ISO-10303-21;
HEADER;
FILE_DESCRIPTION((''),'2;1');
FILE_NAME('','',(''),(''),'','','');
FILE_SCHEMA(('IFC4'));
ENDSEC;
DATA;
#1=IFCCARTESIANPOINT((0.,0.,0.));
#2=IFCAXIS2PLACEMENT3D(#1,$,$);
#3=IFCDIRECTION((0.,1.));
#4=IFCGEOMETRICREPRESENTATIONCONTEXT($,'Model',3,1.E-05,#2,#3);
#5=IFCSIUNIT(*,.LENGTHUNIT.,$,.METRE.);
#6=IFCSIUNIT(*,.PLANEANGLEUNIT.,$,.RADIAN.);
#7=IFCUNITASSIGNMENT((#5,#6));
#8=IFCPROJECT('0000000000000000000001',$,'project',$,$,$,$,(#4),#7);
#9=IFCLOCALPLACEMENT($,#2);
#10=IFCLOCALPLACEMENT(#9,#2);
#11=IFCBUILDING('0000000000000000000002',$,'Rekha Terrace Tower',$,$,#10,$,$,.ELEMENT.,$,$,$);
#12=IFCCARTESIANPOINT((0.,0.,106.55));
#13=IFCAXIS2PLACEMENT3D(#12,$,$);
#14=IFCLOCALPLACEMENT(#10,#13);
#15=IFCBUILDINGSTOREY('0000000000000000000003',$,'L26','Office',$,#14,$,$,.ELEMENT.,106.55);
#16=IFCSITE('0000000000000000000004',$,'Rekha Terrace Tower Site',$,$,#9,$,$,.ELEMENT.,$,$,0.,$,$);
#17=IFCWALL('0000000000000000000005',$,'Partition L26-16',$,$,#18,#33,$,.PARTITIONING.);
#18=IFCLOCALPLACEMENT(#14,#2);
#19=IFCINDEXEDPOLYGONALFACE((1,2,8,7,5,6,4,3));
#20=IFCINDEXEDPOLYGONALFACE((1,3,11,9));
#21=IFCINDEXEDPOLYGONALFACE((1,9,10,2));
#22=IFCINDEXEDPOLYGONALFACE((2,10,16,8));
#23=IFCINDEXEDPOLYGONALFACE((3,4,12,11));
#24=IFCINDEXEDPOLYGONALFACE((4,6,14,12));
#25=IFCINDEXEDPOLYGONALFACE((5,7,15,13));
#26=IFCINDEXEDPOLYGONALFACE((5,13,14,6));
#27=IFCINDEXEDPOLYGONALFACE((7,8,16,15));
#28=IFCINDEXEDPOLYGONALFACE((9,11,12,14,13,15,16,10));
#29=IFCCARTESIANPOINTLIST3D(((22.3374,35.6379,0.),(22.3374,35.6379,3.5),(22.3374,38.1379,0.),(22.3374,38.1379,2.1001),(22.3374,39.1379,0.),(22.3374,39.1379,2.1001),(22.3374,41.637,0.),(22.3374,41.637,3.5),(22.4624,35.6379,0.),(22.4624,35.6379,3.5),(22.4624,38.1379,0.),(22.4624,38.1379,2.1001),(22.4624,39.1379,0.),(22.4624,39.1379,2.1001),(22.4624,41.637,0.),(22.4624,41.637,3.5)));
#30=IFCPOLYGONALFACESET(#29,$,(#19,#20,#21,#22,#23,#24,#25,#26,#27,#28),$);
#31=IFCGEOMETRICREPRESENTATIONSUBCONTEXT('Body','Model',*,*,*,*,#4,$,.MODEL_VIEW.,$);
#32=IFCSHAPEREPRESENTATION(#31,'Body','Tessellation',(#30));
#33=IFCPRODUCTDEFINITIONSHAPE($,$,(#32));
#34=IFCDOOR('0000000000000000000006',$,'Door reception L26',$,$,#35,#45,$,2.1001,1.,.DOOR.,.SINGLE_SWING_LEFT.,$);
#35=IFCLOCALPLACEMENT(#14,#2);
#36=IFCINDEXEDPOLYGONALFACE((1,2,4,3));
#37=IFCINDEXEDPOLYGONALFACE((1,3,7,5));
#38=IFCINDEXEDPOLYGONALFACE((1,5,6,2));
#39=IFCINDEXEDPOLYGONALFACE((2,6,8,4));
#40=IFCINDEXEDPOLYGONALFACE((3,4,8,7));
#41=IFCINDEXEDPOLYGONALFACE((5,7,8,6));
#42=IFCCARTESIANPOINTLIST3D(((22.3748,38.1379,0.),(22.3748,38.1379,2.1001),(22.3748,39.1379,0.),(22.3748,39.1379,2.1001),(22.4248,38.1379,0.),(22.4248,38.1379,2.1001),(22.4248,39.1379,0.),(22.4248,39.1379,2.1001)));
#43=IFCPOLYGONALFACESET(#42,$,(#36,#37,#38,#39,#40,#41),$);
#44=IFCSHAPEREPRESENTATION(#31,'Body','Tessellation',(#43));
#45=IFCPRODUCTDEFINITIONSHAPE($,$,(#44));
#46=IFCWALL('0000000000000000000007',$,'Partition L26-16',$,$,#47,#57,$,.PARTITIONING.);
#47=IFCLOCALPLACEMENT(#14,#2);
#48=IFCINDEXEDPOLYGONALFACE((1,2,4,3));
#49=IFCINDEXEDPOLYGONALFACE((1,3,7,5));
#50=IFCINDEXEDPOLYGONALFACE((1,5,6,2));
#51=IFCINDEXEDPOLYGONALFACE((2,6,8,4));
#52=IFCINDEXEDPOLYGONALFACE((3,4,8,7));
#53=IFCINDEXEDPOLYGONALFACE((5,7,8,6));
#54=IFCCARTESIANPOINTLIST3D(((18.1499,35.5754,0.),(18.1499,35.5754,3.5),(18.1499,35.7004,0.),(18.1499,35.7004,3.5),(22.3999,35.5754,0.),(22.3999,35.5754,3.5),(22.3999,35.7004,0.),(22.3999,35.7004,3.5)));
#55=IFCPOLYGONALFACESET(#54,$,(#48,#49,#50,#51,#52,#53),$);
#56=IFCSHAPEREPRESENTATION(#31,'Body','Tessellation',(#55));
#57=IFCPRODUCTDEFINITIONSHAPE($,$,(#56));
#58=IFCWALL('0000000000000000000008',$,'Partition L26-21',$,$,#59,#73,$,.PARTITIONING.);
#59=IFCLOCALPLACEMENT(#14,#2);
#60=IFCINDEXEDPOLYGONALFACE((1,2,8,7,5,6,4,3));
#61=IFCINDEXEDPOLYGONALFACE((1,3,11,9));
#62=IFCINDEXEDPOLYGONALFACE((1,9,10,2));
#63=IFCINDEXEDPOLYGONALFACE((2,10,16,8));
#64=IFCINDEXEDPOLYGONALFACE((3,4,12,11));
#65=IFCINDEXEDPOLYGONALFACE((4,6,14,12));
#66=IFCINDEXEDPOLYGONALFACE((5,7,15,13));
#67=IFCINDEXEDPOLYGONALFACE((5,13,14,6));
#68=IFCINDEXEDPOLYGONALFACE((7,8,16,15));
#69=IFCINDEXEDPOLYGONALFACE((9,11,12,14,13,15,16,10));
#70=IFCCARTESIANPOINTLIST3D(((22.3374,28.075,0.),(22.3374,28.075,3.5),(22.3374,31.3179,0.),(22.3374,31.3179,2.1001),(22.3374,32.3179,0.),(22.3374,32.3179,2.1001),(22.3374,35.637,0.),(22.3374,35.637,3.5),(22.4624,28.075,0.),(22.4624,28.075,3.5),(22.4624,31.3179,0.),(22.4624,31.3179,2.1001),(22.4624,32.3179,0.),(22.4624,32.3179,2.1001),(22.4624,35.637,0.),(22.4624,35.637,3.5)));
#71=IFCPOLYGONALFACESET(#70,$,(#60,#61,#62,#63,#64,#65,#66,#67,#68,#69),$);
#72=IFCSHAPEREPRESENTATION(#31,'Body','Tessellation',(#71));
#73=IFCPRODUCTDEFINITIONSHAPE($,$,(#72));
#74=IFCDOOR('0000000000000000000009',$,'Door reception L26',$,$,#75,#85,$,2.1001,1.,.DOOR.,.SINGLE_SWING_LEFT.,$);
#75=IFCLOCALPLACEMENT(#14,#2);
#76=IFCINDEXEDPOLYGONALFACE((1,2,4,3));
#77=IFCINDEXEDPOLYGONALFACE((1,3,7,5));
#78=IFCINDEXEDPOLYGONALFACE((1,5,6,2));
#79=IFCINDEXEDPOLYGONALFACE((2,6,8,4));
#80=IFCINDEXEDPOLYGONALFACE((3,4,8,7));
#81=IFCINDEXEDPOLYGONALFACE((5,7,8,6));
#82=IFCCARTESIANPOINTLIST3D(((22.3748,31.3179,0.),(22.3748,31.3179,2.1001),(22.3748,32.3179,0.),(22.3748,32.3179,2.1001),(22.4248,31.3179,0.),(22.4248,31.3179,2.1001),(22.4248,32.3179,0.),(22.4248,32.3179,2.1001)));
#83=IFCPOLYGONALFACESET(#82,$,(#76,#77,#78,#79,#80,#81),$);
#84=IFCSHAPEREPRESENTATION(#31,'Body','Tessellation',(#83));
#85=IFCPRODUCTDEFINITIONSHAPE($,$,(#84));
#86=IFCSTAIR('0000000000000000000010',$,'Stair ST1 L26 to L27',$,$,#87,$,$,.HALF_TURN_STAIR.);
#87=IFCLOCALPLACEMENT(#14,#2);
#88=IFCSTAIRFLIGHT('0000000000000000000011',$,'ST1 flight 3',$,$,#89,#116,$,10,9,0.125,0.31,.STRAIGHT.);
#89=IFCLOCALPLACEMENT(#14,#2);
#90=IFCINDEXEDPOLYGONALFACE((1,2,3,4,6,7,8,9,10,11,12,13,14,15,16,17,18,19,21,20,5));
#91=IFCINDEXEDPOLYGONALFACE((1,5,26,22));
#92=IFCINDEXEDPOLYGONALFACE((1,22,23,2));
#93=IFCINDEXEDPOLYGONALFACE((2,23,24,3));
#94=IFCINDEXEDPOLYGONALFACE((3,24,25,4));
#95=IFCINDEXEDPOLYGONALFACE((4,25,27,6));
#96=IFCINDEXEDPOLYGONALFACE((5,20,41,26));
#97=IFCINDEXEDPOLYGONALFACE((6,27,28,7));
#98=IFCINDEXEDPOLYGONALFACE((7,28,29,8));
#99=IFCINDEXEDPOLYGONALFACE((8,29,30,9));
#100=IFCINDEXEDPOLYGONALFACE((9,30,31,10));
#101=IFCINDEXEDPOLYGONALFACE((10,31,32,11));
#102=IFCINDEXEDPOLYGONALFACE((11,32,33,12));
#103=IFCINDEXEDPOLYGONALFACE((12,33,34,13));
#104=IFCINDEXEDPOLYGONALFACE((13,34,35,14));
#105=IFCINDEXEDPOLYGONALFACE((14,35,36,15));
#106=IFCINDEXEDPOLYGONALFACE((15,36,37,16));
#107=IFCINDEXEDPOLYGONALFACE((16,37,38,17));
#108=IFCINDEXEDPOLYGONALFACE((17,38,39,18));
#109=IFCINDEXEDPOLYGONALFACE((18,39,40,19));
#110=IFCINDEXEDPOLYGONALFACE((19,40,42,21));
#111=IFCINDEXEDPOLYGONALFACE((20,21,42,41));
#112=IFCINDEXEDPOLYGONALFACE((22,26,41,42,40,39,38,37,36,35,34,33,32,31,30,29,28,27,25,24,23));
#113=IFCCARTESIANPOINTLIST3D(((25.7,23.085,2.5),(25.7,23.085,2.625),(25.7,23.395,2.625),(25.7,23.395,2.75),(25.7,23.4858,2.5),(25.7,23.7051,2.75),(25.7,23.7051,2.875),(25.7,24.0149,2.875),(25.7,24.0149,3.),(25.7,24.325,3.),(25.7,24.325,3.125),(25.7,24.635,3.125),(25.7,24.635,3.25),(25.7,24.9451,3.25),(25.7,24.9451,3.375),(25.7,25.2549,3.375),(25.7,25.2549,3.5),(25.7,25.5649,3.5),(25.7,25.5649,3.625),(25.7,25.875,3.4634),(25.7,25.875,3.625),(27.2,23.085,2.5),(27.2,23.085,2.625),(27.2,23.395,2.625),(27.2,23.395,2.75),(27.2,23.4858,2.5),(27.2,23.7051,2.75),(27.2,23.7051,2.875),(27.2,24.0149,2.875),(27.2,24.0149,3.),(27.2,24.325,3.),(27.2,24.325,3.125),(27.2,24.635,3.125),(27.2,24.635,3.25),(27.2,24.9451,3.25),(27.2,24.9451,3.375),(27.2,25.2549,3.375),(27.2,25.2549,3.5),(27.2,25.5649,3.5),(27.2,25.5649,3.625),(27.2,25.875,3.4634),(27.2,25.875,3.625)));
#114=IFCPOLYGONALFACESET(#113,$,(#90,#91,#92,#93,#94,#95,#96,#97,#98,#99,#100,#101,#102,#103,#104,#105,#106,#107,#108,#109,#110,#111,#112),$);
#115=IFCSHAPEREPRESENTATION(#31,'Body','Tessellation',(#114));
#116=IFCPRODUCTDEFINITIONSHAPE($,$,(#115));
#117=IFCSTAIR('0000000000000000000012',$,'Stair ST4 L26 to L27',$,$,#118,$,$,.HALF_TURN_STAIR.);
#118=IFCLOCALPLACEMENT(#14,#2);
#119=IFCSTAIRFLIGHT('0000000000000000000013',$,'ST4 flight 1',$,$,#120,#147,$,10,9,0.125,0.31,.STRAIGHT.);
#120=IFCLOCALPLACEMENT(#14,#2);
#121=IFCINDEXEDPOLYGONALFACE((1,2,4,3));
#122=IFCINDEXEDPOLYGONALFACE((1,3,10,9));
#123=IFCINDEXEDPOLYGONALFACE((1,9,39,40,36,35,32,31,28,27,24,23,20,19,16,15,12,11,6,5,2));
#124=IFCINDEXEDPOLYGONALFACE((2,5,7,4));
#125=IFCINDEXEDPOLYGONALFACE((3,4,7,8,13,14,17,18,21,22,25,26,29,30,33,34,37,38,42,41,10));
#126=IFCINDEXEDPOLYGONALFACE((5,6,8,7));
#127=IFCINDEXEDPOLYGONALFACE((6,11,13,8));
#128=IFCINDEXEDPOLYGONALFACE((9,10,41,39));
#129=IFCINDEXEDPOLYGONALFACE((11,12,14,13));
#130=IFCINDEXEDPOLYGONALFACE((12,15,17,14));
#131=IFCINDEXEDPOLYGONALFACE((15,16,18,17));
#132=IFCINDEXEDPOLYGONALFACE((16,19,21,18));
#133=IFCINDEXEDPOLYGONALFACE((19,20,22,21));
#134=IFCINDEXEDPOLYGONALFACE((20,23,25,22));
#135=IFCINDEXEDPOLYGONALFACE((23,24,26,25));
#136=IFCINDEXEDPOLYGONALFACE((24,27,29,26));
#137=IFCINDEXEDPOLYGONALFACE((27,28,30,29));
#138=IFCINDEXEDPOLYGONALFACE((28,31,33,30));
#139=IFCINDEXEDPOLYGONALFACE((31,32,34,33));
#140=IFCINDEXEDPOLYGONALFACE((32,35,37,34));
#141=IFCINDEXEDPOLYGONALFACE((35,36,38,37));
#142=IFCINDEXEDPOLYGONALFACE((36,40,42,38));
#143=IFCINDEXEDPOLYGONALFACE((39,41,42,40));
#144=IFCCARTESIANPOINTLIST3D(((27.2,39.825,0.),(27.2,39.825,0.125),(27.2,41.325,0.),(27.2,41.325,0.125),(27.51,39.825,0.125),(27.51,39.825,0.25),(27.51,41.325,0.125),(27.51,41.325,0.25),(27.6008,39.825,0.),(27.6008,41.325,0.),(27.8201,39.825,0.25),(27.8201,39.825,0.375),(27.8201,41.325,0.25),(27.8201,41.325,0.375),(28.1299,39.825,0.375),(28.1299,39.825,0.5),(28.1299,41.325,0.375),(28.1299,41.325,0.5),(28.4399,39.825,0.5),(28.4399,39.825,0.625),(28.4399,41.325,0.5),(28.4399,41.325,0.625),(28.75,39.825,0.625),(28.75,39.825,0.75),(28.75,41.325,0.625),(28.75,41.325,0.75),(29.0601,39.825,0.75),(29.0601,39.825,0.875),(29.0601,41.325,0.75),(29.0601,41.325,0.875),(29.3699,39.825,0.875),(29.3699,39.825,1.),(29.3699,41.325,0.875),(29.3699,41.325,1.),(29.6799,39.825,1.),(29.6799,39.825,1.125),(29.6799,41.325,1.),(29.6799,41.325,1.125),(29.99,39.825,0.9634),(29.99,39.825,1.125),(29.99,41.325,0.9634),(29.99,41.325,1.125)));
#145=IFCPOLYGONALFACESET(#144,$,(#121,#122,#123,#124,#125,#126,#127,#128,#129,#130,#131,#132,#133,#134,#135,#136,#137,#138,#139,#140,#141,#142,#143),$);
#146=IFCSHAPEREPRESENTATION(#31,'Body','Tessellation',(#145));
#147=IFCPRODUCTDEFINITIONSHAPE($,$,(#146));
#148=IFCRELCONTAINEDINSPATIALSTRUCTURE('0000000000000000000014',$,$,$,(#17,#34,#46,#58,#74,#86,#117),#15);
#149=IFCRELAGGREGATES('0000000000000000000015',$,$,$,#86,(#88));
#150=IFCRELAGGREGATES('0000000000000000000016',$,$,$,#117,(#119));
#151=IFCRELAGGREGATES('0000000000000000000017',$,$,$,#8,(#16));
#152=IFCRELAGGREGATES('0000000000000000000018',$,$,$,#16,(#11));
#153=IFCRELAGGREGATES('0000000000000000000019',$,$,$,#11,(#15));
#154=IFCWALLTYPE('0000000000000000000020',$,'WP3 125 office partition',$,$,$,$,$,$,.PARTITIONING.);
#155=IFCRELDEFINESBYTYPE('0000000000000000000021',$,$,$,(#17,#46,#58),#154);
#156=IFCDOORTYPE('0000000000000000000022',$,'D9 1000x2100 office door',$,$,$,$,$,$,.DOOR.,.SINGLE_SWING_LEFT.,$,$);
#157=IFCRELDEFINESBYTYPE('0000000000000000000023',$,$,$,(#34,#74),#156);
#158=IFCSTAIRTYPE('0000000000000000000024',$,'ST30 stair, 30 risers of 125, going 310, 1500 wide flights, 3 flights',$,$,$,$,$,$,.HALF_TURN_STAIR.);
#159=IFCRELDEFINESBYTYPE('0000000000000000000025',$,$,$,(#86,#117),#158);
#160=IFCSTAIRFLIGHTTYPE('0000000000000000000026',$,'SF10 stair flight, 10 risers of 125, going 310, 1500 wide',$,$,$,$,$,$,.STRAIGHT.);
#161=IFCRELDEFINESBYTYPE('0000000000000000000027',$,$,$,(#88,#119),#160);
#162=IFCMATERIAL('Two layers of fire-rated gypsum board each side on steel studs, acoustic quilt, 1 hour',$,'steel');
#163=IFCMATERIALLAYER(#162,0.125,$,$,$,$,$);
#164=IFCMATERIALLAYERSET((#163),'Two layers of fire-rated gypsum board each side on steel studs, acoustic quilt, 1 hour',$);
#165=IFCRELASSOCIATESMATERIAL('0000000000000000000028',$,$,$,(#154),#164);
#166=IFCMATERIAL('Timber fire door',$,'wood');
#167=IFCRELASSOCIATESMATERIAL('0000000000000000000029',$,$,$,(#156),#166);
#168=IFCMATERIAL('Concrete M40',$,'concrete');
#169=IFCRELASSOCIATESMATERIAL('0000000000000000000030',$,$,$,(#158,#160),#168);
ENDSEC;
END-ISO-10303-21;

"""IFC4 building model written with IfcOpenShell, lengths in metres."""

from ifc_helpers import new_model, si_unit, direction, frame, frame_2d, origin, place, context, subcontext, project, spatial, polyline, rectangle, outline, extrude, material, layer, layer_set, type_object, element, fill, aggregate, save


model = new_model("IFC4")

# Units and contexts
model_context = context("Model", 3, precision=1e-05, world=origin(), true_north=direction((0.0, 1.0)))
body_context = subcontext(model_context, "Body", "Model", "MODEL_VIEW")
ifc_project = project(units=[si_unit("LENGTHUNIT", "METRE"), si_unit("PLANEANGLEUNIT", "RADIAN")], contexts=[model_context])

# Site, building, storey
site_placement = place(None, origin())
site = spatial("IfcSite", under=ifc_project, at=site_placement, Name="Rekha Terrace Tower Site", CompositionType="ELEMENT", RefElevation=0.0)
building_placement = place(site_placement, origin())
building = spatial("IfcBuilding", under=site, at=building_placement, Name="Rekha Terrace Tower", CompositionType="ELEMENT")
storey_placement = place(building_placement, frame((0.0, 0.0, 106.55)))
storey = spatial("IfcBuildingStorey", under=building, at=storey_placement, Name="L26", Description="Office", CompositionType="ELEMENT", Elevation=106.55)

# Wall, opening, door
ifc_material_1 = material(Name="Two layers of fire-rated gypsum board each side on steel studs, acoustic quilt, 1 hour", Category="steel")
ifc_layer_1 = layer(ifc_material_1, 0.125)
ifc_layer_set_1 = layer_set([ifc_layer_1], Name="Two layers of fire-rated gypsum board each side on steel studs, acoustic quilt, 1 hour")
wall_type_1 = type_object("IfcWallType", Name="WP3 125 office partition", PredefinedType="PARTITIONING", material=ifc_layer_set_1)
wall_1_placement = place(storey_placement, frame((22.3999, 41.637, 0.0), z_axis=(0.0, 0.0, 1.0), x_axis=(0.0, -1.0, 0.0)))
wall_1 = element("IfcWall", 1, at=wall_1_placement, inside=storey, type_object=wall_type_1, Name="Partition L26-16", PredefinedType="PARTITIONING", context=body_context, shape_type="SweptSolid", body=[
    extrude(rectangle(XDim=5.999, YDim=0.125, at=frame_2d((2.9995, 0.0))), origin(), (0.0, 0.0, 1.0), 3.5),
])
opening_1_placement = place(wall_1_placement, frame((2.499, 0.0, 0.0)))
opening_1 = element("IfcOpeningElement", 2, at=opening_1_placement, cuts=wall_1, PredefinedType="OPENING", context=body_context, shape_type="SweptSolid", body=[
    extrude(rectangle(XDim=1.0, YDim=2.1001, at=frame_2d((0.5, 1.05))), frame((0.0, 0.0725, 0.0), z_axis=(0.0, -1.0, 0.0), x_axis=(1.0, 0.0, 0.0)), (0.0, 0.0, 1.0), 0.145),
])
ifc_material_2 = material(Name="Timber fire door", Category="wood")
door_type_1 = type_object("IfcDoorType", Name="D9 1000x2100 office door", OperationType="SINGLE_SWING_LEFT", PredefinedType="DOOR", material=ifc_material_2)
door_1_placement = place(opening_1_placement, origin())
door_1 = element("IfcDoor", 3, at=door_1_placement, inside=storey, type_object=door_type_1, Name="Door reception L26", OperationType="SINGLE_SWING_LEFT", OverallHeight=2.1001, OverallWidth=1.0, PredefinedType="DOOR", context=body_context, shape_type="SweptSolid", body=[
    extrude(rectangle(XDim=1.0, YDim=2.1001, at=frame_2d((0.5, 1.05))), frame((0.0, 0.0249, 0.0), z_axis=(0.0, -1.0, 0.0), x_axis=(1.0, 0.0, 0.0)), (0.0, 0.0, 1.0), 0.05),
])
fill(opening_1, door_1)

# Wall
wall_2_placement = place(storey_placement, frame((22.3999, 35.6379, 0.0), z_axis=(0.0, 0.0, 1.0), x_axis=(-1.0, 0.0, 0.0)))
element("IfcWall", 4, at=wall_2_placement, inside=storey, type_object=wall_type_1, Name="Partition L26-16", PredefinedType="PARTITIONING", context=body_context, shape_type="SweptSolid", body=[
    extrude(rectangle(XDim=4.25, YDim=0.125, at=frame_2d((2.125, 0.0))), origin(), (0.0, 0.0, 1.0), 3.5),
])

# Wall, opening, door
wall_3_placement = place(storey_placement, frame((22.3999, 35.637, 0.0), z_axis=(0.0, 0.0, 1.0), x_axis=(0.0, -1.0, 0.0)))
wall_3 = element("IfcWall", 5, at=wall_3_placement, inside=storey, type_object=wall_type_1, Name="Partition L26-21", PredefinedType="PARTITIONING", context=body_context, shape_type="SweptSolid", body=[
    extrude(rectangle(XDim=7.562, YDim=0.125, at=frame_2d((3.781, 0.0))), origin(), (0.0, 0.0, 1.0), 3.5),
])
opening_2_placement = place(wall_3_placement, frame((3.3191, 0.0, 0.0)))
opening_2 = element("IfcOpeningElement", 6, at=opening_2_placement, cuts=wall_3, PredefinedType="OPENING", context=body_context, shape_type="SweptSolid", body=[
    extrude(rectangle(XDim=1.0, YDim=2.1001, at=frame_2d((0.5, 1.05))), frame((0.0, 0.0725, 0.0), z_axis=(0.0, -1.0, 0.0), x_axis=(1.0, 0.0, 0.0)), (0.0, 0.0, 1.0), 0.145),
])
door_2_placement = place(opening_2_placement, origin())
door_2 = element("IfcDoor", 7, at=door_2_placement, inside=storey, type_object=door_type_1, Name="Door reception L26", OperationType="SINGLE_SWING_LEFT", OverallHeight=2.1001, OverallWidth=1.0, PredefinedType="DOOR", context=body_context, shape_type="SweptSolid", body=[
    extrude(rectangle(XDim=1.0, YDim=2.1001, at=frame_2d((0.5, 1.05))), frame((0.0, 0.0249, 0.0), z_axis=(0.0, -1.0, 0.0), x_axis=(1.0, 0.0, 0.0)), (0.0, 0.0, 1.0), 0.05),
])
fill(opening_2, door_2)

# Stairs, stair flights
ifc_material_3 = material(Name="Concrete M40", Category="concrete")
stair_type = type_object("IfcStairType", Name="ST30 stair, 30 risers of 125, going 310, 1500 wide flights, 3 flights", PredefinedType="HALF_TURN_STAIR", material=ifc_material_3)
stair_1_placement = place(storey_placement, origin())
stair_1 = element("IfcStair", 8, at=stair_1_placement, inside=storey, type_object=stair_type, Name="Stair ST1 L26 to L27", PredefinedType="HALF_TURN_STAIR")
stair_flight_type = type_object("IfcStairFlightType", Name="SF10 stair flight, 10 risers of 125, going 310, 1500 wide", PredefinedType="STRAIGHT", material=ifc_material_3)
stair_flight_1_placement = place(storey_placement, frame((26.45, 23.085, 2.5), z_axis=(0.0, 0.0, 1.0), x_axis=(0.0, 1.0, 0.0)))
stair_flight_1 = element("IfcStairFlight", 9, at=stair_flight_1_placement, type_object=stair_flight_type, Name="ST1 flight 3", NumberOfRisers=10, NumberOfTreads=9, PredefinedType="STRAIGHT", RiserHeight=0.125, TreadLength=0.31, context=body_context, shape_type="SweptSolid", body=[
    extrude(outline(polyline([(0.0, 0.0), (0.0, 0.125), (0.3101, 0.125), (0.3101, 0.25), (0.6201, 0.25), (0.6201, 0.375), (0.9299, 0.375), (0.9299, 0.5), (1.24, 0.5), (1.24, 0.625), (1.55, 0.625), (1.55, 0.75), (1.8601, 0.75), (1.8601, 0.875), (2.1699, 0.875), (2.1699, 1.0), (2.48, 1.0), (2.48, 1.125), (2.79, 1.125), (2.79, 1.25), (2.79, 0.9634), (0.4009, 0.0), (0.0, 0.0)])), frame((0.0, 0.75, 0.0), z_axis=(0.0, -1.0, 0.0), x_axis=(1.0, 0.0, 0.0)), (0.0, 0.0, 1.0), 1.5),
])
aggregate(stair_1, [stair_flight_1])
stair_2_placement = place(storey_placement, origin())
stair_2 = element("IfcStair", 10, at=stair_2_placement, inside=storey, type_object=stair_type, Name="Stair ST4 L26 to L27", PredefinedType="HALF_TURN_STAIR")
stair_flight_2_placement = place(storey_placement, frame((27.2, 40.575, 0.0), z_axis=(0.0, 0.0, 1.0), x_axis=(1.0, 0.0, 0.0)))
stair_flight_2 = element("IfcStairFlight", 11, at=stair_flight_2_placement, type_object=stair_flight_type, Name="ST4 flight 1", NumberOfRisers=10, NumberOfTreads=9, PredefinedType="STRAIGHT", RiserHeight=0.125, TreadLength=0.31, context=body_context, shape_type="SweptSolid", body=[
    extrude(outline(polyline([(0.0, 0.0), (0.0, 0.125), (0.3101, 0.125), (0.3101, 0.25), (0.6201, 0.25), (0.6201, 0.375), (0.9299, 0.375), (0.9299, 0.5), (1.24, 0.5), (1.24, 0.625), (1.55, 0.625), (1.55, 0.75), (1.8601, 0.75), (1.8601, 0.875), (2.1699, 0.875), (2.1699, 1.0), (2.48, 1.0), (2.48, 1.125), (2.79, 1.125), (2.79, 1.25), (2.79, 0.9634), (0.4009, 0.0), (0.0, 0.0)])), frame((0.0, 0.75, 0.0), z_axis=(0.0, -1.0, 0.0), x_axis=(1.0, 0.0, 0.0)), (0.0, 0.0, 1.0), 1.5),
])
aggregate(stair_2, [stair_flight_2])

save(model, "model.ifc")
